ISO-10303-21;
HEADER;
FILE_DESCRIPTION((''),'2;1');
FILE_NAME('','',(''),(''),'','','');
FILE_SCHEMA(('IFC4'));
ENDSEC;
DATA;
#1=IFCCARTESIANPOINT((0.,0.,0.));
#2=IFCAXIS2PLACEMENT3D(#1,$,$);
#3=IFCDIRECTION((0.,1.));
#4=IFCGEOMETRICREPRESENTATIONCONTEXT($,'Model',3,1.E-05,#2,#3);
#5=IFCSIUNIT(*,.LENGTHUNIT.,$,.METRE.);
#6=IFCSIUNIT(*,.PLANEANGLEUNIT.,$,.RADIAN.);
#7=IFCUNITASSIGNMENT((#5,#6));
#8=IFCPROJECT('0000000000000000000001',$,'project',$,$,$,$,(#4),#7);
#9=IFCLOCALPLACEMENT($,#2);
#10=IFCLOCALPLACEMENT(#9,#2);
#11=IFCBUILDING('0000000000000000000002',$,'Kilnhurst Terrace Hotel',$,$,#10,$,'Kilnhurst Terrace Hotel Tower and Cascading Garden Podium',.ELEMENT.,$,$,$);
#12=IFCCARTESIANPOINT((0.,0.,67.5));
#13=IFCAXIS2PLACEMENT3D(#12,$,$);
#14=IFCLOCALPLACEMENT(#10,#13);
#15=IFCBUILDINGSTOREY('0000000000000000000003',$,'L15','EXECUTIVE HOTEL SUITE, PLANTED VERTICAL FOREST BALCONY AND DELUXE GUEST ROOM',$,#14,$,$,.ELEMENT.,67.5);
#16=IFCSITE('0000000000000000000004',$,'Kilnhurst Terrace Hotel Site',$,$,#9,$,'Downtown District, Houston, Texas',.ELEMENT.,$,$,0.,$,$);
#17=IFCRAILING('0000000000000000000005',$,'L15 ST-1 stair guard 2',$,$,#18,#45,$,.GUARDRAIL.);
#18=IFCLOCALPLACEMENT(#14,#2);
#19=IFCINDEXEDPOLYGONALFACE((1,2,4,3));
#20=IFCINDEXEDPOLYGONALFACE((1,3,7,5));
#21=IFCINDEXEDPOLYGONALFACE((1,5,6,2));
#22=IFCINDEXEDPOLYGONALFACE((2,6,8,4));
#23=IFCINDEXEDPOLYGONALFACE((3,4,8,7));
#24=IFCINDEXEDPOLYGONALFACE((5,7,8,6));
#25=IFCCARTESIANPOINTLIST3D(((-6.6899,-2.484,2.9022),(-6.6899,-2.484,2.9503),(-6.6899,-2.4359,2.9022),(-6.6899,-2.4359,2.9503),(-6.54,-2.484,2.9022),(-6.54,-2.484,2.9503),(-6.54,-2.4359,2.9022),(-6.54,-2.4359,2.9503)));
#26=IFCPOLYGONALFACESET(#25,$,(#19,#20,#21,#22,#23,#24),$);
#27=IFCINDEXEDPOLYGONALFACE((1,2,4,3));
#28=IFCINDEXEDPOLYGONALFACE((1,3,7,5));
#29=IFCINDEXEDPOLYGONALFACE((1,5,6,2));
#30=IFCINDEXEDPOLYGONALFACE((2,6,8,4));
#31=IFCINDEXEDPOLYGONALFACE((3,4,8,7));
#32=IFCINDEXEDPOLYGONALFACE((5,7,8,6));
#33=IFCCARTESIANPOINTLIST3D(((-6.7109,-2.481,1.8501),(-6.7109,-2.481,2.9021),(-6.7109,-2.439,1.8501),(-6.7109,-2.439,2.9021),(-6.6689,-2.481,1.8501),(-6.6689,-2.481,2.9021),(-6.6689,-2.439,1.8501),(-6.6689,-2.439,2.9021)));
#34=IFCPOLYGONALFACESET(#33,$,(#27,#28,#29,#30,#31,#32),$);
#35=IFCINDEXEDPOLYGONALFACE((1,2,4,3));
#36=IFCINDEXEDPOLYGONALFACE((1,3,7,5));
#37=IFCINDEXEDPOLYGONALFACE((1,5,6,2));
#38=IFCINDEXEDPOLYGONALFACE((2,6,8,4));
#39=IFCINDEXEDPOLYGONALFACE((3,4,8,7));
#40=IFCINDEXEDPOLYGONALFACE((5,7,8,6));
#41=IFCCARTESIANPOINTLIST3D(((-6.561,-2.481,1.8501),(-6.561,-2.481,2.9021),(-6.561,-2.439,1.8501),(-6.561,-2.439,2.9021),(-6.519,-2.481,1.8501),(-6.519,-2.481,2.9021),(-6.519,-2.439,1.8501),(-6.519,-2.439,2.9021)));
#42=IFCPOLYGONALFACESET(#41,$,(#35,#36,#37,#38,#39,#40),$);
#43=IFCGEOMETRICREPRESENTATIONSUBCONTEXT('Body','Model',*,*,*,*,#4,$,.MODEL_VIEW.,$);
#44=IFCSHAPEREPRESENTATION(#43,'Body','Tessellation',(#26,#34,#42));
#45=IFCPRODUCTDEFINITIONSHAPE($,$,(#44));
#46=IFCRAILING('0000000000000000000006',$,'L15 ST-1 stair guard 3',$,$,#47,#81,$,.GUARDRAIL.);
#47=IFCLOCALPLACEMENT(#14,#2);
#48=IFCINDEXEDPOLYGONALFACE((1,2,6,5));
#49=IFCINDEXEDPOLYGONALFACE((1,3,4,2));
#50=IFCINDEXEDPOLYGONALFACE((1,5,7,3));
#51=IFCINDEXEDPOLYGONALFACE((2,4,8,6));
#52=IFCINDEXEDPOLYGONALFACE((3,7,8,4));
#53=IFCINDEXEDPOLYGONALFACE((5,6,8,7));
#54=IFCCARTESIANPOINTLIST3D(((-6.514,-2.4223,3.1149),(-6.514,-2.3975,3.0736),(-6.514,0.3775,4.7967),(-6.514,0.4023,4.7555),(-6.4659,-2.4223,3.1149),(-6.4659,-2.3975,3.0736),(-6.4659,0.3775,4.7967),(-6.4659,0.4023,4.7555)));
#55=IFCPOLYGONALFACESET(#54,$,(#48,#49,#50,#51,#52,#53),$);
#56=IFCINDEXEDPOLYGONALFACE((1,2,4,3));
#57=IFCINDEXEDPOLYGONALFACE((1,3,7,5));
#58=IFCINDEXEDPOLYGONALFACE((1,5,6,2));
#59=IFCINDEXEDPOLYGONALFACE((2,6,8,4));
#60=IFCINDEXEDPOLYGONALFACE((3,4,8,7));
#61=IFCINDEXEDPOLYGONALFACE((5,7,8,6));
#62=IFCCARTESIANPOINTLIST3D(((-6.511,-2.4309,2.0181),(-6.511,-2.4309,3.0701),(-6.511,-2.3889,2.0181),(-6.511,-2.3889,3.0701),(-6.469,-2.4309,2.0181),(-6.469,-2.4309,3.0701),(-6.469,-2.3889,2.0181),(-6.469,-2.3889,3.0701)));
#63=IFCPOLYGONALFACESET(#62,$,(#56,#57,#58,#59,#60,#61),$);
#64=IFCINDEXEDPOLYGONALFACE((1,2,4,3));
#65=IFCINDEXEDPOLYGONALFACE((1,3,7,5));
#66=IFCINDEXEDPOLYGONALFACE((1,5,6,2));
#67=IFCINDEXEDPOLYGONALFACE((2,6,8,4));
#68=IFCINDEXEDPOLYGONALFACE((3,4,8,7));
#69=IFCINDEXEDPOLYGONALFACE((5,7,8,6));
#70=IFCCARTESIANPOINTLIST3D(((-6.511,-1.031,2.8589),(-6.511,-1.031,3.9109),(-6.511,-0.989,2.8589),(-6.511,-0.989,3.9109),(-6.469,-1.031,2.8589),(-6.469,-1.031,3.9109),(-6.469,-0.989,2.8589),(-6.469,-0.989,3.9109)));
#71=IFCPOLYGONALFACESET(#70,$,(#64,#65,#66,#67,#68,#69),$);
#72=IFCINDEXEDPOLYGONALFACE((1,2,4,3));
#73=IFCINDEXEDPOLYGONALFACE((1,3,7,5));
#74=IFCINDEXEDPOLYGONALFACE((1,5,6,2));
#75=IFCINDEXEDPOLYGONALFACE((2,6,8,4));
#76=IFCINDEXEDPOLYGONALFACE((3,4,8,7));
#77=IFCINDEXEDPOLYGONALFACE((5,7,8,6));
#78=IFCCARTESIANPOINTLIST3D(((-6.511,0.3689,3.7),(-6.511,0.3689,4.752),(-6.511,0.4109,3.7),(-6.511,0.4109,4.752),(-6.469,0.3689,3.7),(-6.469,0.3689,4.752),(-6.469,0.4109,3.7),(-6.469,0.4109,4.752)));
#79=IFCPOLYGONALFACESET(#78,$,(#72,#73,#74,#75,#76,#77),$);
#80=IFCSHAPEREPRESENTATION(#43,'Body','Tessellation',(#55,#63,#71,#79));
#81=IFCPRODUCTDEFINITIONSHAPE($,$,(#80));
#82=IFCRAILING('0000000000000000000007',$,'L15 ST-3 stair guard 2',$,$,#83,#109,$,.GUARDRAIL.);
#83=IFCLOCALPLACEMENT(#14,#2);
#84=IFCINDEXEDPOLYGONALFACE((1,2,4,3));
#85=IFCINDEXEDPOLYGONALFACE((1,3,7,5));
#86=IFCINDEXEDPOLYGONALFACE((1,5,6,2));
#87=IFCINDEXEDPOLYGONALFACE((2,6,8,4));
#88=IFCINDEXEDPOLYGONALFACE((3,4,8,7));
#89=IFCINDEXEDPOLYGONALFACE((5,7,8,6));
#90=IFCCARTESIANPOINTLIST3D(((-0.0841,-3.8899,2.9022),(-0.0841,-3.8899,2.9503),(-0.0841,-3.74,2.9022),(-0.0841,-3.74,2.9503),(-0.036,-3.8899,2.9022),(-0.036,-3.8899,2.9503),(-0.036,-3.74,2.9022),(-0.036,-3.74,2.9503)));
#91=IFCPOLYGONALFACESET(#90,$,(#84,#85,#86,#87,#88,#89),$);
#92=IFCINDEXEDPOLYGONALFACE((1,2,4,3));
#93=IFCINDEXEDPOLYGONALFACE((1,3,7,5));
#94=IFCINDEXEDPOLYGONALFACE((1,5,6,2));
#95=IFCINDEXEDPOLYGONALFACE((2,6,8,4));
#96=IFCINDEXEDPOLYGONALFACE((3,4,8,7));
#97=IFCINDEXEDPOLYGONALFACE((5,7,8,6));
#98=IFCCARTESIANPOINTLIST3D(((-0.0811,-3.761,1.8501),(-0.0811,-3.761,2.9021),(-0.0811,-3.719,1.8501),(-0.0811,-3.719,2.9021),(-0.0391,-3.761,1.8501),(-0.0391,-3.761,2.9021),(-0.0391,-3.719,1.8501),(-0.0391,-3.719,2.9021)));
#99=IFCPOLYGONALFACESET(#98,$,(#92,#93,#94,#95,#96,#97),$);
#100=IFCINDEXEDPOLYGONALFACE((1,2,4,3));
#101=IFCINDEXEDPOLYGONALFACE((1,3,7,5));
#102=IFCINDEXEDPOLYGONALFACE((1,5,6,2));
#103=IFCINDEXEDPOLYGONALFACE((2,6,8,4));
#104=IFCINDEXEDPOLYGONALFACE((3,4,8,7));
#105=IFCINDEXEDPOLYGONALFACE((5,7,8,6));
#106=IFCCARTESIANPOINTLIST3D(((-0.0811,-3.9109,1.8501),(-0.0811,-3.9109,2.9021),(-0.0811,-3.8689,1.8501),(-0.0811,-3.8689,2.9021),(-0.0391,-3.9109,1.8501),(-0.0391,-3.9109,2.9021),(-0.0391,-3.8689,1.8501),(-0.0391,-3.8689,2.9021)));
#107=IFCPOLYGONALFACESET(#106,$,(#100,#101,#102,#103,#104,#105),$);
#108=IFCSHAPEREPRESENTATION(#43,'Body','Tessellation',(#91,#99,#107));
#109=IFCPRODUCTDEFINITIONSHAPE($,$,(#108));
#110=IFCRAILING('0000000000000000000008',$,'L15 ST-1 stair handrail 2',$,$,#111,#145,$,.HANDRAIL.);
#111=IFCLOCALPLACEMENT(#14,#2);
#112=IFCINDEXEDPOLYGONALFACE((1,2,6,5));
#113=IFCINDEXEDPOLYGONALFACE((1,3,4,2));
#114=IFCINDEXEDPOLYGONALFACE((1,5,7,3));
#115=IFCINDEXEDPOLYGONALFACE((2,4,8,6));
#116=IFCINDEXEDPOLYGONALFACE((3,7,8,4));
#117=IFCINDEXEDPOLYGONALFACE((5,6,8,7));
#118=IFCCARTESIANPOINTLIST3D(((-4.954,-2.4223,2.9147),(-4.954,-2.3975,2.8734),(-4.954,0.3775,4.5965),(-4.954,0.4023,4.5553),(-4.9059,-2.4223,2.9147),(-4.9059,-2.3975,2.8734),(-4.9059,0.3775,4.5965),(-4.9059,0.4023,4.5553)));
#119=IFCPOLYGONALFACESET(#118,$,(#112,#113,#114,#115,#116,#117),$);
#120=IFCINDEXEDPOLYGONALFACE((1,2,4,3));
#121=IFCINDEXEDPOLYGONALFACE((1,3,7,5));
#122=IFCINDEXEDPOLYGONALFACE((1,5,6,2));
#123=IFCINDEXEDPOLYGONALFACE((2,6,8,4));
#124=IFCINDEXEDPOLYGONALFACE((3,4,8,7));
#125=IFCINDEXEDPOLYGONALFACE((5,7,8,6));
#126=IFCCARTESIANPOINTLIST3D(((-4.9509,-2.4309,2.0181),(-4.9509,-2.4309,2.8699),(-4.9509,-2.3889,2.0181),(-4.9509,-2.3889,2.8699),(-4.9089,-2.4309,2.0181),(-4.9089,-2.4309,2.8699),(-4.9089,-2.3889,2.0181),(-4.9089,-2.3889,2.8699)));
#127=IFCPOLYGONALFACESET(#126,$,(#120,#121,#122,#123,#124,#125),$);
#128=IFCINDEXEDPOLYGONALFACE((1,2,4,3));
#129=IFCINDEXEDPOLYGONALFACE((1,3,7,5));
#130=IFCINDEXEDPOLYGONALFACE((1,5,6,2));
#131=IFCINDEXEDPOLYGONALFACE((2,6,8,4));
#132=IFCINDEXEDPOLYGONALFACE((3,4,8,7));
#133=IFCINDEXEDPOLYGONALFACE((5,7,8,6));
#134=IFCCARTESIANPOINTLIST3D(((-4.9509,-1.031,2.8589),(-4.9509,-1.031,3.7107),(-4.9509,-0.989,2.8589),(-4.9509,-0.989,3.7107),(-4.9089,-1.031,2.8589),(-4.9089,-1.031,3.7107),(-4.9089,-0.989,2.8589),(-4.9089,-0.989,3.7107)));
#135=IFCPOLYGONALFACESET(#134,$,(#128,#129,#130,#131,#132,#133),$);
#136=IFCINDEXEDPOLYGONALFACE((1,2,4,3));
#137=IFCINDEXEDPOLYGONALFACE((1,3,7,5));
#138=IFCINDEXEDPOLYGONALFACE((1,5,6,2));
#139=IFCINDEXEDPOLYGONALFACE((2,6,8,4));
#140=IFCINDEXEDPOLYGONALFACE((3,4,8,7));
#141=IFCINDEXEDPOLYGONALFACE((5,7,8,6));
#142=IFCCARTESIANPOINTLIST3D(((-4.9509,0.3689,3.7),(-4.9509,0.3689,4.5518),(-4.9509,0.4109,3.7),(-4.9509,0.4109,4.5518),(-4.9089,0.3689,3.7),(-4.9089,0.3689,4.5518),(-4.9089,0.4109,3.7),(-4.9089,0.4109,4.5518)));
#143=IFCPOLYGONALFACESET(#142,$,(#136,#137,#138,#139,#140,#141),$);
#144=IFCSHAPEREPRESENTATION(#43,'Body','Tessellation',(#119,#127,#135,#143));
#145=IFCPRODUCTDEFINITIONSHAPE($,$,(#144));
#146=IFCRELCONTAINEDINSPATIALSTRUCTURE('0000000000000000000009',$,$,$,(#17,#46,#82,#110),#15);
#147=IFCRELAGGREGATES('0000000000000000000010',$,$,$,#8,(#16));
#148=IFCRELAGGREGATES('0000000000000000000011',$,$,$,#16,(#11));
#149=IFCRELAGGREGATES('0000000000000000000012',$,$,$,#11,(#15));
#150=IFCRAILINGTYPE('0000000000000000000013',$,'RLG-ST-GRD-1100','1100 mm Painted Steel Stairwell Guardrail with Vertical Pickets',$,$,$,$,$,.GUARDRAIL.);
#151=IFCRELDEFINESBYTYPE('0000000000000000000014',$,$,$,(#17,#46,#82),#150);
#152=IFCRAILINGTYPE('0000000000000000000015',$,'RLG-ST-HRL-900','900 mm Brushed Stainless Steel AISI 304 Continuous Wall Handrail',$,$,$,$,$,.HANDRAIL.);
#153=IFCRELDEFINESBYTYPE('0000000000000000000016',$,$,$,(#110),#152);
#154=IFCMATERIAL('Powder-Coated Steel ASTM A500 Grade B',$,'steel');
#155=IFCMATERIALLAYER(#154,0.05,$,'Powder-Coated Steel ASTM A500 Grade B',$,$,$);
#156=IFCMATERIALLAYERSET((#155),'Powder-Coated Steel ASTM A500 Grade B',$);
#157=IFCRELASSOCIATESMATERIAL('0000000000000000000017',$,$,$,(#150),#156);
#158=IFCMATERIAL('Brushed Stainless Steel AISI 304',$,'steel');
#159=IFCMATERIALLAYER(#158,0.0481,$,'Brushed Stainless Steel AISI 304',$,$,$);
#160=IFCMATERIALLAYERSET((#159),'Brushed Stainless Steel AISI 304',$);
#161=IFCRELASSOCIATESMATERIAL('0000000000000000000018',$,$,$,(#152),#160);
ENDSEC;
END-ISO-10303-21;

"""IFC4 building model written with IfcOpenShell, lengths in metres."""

from ifc_helpers import new_model, si_unit, direction, frame, origin, origin_2d, place, context, subcontext, project, spatial, rectangle, extrude, material, layer, layer_set, type_object, element, save


model = new_model("IFC4")

# Units and contexts
model_context = context("Model", 3, precision=1e-05, world=origin(), true_north=direction((0.0, 1.0)))
body_context = subcontext(model_context, "Body", "Model", "MODEL_VIEW")
ifc_project = project(units=[si_unit("LENGTHUNIT", "METRE"), si_unit("PLANEANGLEUNIT", "RADIAN")], contexts=[model_context])

# Site, building, storey
site_placement = place(None, origin())
site = spatial("IfcSite", under=ifc_project, at=site_placement, Name="Kilnhurst Terrace Hotel Site", LongName="Downtown District, Houston, Texas", CompositionType="ELEMENT", RefElevation=0.0)
building_placement = place(site_placement, origin())
building = spatial("IfcBuilding", under=site, at=building_placement, Name="Kilnhurst Terrace Hotel", LongName="Kilnhurst Terrace Hotel Tower and Cascading Garden Podium", CompositionType="ELEMENT")
storey_placement = place(building_placement, frame((0.0, 0.0, 67.5)))
storey = spatial("IfcBuildingStorey", under=building, at=storey_placement, Name="L15", Description="EXECUTIVE HOTEL SUITE, PLANTED VERTICAL FOREST BALCONY AND DELUXE GUEST ROOM", CompositionType="ELEMENT", Elevation=67.5)

# Railings
ifc_material_1 = material(Name="Powder-Coated Steel ASTM A500 Grade B", Category="steel")
ifc_layer_1 = layer(ifc_material_1, 0.05, Name="Powder-Coated Steel ASTM A500 Grade B")
ifc_layer_set_1 = layer_set([ifc_layer_1], Name="Powder-Coated Steel ASTM A500 Grade B")
railing_type_1 = type_object("IfcRailingType", Name="RLG-ST-GRD-1100", Description="1100 mm Painted Steel Stairwell Guardrail with Vertical Pickets", PredefinedType="GUARDRAIL", material=ifc_layer_set_1)
railing_1_placement = place(storey_placement, frame((-6.6899, -2.46, 1.8501)))
element("IfcRailing", 1, at=railing_1_placement, inside=storey, type_object=railing_type_1, Name="L15 ST-1 stair guard 2", PredefinedType="GUARDRAIL", context=body_context, shape_type="SweptSolid", body=[
    extrude(rectangle(XDim=0.0481, YDim=0.0481, at=origin_2d()), frame((0.0, 0.0, 1.0762), z_axis=(1.0, 0.0, 0.0), x_axis=(0.0, 1.0, 0.0)), (0.0, 0.0, 1.0), 0.1499),
    extrude(rectangle(XDim=0.042, YDim=0.042, at=origin_2d()), origin(), (0.0, 0.0, 1.0), 1.052),
    extrude(rectangle(XDim=0.042, YDim=0.042, at=origin_2d()), frame((0.1499, 0.0, 0.0)), (0.0, 0.0, 1.0), 1.052),
])
railing_2_placement = place(storey_placement, frame((-6.49, -2.4099, 2.0181)))
element("IfcRailing", 2, at=railing_2_placement, inside=storey, type_object=railing_type_1, Name="L15 ST-1 stair guard 3", PredefinedType="GUARDRAIL", context=body_context, shape_type="SweptSolid", body=[
    extrude(rectangle(XDim=0.0481, YDim=0.0481, at=origin_2d()), frame((0.0, 0.0, 1.0762), z_axis=(0.0, 0.857222, 0.514946), x_axis=(-1.0, 0.0, 0.0)), (0.0, 0.0, 1.0), 3.2661),
    extrude(rectangle(XDim=0.042, YDim=0.042, at=origin_2d()), origin(), (0.0, 0.0, 1.0), 1.052),
    extrude(rectangle(XDim=0.042, YDim=0.042, at=origin_2d()), frame((0.0, 1.3999, 0.8408)), (0.0, 0.0, 1.0), 1.052),
    extrude(rectangle(XDim=0.042, YDim=0.042, at=origin_2d()), frame((0.0, 2.7998, 1.6819)), (0.0, 0.0, 1.0), 1.052),
])
railing_3_placement = place(storey_placement, frame((-0.0601, -3.74, 1.8501)))
element("IfcRailing", 3, at=railing_3_placement, inside=storey, type_object=railing_type_1, Name="L15 ST-3 stair guard 2", PredefinedType="GUARDRAIL", context=body_context, shape_type="SweptSolid", body=[
    extrude(rectangle(XDim=0.0481, YDim=0.0481, at=origin_2d()), frame((0.0, 0.0, 1.0762), z_axis=(0.0, -1.0, 0.0), x_axis=(1.0, 0.0, 0.0)), (0.0, 0.0, 1.0), 0.1499),
    extrude(rectangle(XDim=0.042, YDim=0.042, at=origin_2d()), origin(), (0.0, 0.0, 1.0), 1.052),
    extrude(rectangle(XDim=0.042, YDim=0.042, at=origin_2d()), frame((0.0, -0.1499, 0.0)), (0.0, 0.0, 1.0), 1.052),
])
ifc_material_2 = material(Name="Brushed Stainless Steel AISI 304", Category="steel")
ifc_layer_2 = layer(ifc_material_2, 0.0481, Name="Brushed Stainless Steel AISI 304")
ifc_layer_set_2 = layer_set([ifc_layer_2], Name="Brushed Stainless Steel AISI 304")
railing_type_2 = type_object("IfcRailingType", Name="RLG-ST-HRL-900", Description="900 mm Brushed Stainless Steel AISI 304 Continuous Wall Handrail", PredefinedType="HANDRAIL", material=ifc_layer_set_2)
railing_4_placement = place(storey_placement, frame((-4.9299, -2.4099, 2.0181)))
element("IfcRailing", 4, at=railing_4_placement, inside=storey, type_object=railing_type_2, Name="L15 ST-1 stair handrail 2", PredefinedType="HANDRAIL", context=body_context, shape_type="SweptSolid", body=[
    extrude(rectangle(XDim=0.0481, YDim=0.0481, at=origin_2d()), frame((0.0, 0.0, 0.876), z_axis=(0.0, 0.857222, 0.514946), x_axis=(-1.0, 0.0, 0.0)), (0.0, 0.0, 1.0), 3.2661),
    extrude(rectangle(XDim=0.042, YDim=0.042, at=origin_2d()), origin(), (0.0, 0.0, 1.0), 0.8518),
    extrude(rectangle(XDim=0.042, YDim=0.042, at=origin_2d()), frame((0.0, 1.3999, 0.8408)), (0.0, 0.0, 1.0), 0.8518),
    extrude(rectangle(XDim=0.042, YDim=0.042, at=origin_2d()), frame((0.0, 2.7998, 1.6819)), (0.0, 0.0, 1.0), 0.8518),
])

save(model, "model.ifc")
